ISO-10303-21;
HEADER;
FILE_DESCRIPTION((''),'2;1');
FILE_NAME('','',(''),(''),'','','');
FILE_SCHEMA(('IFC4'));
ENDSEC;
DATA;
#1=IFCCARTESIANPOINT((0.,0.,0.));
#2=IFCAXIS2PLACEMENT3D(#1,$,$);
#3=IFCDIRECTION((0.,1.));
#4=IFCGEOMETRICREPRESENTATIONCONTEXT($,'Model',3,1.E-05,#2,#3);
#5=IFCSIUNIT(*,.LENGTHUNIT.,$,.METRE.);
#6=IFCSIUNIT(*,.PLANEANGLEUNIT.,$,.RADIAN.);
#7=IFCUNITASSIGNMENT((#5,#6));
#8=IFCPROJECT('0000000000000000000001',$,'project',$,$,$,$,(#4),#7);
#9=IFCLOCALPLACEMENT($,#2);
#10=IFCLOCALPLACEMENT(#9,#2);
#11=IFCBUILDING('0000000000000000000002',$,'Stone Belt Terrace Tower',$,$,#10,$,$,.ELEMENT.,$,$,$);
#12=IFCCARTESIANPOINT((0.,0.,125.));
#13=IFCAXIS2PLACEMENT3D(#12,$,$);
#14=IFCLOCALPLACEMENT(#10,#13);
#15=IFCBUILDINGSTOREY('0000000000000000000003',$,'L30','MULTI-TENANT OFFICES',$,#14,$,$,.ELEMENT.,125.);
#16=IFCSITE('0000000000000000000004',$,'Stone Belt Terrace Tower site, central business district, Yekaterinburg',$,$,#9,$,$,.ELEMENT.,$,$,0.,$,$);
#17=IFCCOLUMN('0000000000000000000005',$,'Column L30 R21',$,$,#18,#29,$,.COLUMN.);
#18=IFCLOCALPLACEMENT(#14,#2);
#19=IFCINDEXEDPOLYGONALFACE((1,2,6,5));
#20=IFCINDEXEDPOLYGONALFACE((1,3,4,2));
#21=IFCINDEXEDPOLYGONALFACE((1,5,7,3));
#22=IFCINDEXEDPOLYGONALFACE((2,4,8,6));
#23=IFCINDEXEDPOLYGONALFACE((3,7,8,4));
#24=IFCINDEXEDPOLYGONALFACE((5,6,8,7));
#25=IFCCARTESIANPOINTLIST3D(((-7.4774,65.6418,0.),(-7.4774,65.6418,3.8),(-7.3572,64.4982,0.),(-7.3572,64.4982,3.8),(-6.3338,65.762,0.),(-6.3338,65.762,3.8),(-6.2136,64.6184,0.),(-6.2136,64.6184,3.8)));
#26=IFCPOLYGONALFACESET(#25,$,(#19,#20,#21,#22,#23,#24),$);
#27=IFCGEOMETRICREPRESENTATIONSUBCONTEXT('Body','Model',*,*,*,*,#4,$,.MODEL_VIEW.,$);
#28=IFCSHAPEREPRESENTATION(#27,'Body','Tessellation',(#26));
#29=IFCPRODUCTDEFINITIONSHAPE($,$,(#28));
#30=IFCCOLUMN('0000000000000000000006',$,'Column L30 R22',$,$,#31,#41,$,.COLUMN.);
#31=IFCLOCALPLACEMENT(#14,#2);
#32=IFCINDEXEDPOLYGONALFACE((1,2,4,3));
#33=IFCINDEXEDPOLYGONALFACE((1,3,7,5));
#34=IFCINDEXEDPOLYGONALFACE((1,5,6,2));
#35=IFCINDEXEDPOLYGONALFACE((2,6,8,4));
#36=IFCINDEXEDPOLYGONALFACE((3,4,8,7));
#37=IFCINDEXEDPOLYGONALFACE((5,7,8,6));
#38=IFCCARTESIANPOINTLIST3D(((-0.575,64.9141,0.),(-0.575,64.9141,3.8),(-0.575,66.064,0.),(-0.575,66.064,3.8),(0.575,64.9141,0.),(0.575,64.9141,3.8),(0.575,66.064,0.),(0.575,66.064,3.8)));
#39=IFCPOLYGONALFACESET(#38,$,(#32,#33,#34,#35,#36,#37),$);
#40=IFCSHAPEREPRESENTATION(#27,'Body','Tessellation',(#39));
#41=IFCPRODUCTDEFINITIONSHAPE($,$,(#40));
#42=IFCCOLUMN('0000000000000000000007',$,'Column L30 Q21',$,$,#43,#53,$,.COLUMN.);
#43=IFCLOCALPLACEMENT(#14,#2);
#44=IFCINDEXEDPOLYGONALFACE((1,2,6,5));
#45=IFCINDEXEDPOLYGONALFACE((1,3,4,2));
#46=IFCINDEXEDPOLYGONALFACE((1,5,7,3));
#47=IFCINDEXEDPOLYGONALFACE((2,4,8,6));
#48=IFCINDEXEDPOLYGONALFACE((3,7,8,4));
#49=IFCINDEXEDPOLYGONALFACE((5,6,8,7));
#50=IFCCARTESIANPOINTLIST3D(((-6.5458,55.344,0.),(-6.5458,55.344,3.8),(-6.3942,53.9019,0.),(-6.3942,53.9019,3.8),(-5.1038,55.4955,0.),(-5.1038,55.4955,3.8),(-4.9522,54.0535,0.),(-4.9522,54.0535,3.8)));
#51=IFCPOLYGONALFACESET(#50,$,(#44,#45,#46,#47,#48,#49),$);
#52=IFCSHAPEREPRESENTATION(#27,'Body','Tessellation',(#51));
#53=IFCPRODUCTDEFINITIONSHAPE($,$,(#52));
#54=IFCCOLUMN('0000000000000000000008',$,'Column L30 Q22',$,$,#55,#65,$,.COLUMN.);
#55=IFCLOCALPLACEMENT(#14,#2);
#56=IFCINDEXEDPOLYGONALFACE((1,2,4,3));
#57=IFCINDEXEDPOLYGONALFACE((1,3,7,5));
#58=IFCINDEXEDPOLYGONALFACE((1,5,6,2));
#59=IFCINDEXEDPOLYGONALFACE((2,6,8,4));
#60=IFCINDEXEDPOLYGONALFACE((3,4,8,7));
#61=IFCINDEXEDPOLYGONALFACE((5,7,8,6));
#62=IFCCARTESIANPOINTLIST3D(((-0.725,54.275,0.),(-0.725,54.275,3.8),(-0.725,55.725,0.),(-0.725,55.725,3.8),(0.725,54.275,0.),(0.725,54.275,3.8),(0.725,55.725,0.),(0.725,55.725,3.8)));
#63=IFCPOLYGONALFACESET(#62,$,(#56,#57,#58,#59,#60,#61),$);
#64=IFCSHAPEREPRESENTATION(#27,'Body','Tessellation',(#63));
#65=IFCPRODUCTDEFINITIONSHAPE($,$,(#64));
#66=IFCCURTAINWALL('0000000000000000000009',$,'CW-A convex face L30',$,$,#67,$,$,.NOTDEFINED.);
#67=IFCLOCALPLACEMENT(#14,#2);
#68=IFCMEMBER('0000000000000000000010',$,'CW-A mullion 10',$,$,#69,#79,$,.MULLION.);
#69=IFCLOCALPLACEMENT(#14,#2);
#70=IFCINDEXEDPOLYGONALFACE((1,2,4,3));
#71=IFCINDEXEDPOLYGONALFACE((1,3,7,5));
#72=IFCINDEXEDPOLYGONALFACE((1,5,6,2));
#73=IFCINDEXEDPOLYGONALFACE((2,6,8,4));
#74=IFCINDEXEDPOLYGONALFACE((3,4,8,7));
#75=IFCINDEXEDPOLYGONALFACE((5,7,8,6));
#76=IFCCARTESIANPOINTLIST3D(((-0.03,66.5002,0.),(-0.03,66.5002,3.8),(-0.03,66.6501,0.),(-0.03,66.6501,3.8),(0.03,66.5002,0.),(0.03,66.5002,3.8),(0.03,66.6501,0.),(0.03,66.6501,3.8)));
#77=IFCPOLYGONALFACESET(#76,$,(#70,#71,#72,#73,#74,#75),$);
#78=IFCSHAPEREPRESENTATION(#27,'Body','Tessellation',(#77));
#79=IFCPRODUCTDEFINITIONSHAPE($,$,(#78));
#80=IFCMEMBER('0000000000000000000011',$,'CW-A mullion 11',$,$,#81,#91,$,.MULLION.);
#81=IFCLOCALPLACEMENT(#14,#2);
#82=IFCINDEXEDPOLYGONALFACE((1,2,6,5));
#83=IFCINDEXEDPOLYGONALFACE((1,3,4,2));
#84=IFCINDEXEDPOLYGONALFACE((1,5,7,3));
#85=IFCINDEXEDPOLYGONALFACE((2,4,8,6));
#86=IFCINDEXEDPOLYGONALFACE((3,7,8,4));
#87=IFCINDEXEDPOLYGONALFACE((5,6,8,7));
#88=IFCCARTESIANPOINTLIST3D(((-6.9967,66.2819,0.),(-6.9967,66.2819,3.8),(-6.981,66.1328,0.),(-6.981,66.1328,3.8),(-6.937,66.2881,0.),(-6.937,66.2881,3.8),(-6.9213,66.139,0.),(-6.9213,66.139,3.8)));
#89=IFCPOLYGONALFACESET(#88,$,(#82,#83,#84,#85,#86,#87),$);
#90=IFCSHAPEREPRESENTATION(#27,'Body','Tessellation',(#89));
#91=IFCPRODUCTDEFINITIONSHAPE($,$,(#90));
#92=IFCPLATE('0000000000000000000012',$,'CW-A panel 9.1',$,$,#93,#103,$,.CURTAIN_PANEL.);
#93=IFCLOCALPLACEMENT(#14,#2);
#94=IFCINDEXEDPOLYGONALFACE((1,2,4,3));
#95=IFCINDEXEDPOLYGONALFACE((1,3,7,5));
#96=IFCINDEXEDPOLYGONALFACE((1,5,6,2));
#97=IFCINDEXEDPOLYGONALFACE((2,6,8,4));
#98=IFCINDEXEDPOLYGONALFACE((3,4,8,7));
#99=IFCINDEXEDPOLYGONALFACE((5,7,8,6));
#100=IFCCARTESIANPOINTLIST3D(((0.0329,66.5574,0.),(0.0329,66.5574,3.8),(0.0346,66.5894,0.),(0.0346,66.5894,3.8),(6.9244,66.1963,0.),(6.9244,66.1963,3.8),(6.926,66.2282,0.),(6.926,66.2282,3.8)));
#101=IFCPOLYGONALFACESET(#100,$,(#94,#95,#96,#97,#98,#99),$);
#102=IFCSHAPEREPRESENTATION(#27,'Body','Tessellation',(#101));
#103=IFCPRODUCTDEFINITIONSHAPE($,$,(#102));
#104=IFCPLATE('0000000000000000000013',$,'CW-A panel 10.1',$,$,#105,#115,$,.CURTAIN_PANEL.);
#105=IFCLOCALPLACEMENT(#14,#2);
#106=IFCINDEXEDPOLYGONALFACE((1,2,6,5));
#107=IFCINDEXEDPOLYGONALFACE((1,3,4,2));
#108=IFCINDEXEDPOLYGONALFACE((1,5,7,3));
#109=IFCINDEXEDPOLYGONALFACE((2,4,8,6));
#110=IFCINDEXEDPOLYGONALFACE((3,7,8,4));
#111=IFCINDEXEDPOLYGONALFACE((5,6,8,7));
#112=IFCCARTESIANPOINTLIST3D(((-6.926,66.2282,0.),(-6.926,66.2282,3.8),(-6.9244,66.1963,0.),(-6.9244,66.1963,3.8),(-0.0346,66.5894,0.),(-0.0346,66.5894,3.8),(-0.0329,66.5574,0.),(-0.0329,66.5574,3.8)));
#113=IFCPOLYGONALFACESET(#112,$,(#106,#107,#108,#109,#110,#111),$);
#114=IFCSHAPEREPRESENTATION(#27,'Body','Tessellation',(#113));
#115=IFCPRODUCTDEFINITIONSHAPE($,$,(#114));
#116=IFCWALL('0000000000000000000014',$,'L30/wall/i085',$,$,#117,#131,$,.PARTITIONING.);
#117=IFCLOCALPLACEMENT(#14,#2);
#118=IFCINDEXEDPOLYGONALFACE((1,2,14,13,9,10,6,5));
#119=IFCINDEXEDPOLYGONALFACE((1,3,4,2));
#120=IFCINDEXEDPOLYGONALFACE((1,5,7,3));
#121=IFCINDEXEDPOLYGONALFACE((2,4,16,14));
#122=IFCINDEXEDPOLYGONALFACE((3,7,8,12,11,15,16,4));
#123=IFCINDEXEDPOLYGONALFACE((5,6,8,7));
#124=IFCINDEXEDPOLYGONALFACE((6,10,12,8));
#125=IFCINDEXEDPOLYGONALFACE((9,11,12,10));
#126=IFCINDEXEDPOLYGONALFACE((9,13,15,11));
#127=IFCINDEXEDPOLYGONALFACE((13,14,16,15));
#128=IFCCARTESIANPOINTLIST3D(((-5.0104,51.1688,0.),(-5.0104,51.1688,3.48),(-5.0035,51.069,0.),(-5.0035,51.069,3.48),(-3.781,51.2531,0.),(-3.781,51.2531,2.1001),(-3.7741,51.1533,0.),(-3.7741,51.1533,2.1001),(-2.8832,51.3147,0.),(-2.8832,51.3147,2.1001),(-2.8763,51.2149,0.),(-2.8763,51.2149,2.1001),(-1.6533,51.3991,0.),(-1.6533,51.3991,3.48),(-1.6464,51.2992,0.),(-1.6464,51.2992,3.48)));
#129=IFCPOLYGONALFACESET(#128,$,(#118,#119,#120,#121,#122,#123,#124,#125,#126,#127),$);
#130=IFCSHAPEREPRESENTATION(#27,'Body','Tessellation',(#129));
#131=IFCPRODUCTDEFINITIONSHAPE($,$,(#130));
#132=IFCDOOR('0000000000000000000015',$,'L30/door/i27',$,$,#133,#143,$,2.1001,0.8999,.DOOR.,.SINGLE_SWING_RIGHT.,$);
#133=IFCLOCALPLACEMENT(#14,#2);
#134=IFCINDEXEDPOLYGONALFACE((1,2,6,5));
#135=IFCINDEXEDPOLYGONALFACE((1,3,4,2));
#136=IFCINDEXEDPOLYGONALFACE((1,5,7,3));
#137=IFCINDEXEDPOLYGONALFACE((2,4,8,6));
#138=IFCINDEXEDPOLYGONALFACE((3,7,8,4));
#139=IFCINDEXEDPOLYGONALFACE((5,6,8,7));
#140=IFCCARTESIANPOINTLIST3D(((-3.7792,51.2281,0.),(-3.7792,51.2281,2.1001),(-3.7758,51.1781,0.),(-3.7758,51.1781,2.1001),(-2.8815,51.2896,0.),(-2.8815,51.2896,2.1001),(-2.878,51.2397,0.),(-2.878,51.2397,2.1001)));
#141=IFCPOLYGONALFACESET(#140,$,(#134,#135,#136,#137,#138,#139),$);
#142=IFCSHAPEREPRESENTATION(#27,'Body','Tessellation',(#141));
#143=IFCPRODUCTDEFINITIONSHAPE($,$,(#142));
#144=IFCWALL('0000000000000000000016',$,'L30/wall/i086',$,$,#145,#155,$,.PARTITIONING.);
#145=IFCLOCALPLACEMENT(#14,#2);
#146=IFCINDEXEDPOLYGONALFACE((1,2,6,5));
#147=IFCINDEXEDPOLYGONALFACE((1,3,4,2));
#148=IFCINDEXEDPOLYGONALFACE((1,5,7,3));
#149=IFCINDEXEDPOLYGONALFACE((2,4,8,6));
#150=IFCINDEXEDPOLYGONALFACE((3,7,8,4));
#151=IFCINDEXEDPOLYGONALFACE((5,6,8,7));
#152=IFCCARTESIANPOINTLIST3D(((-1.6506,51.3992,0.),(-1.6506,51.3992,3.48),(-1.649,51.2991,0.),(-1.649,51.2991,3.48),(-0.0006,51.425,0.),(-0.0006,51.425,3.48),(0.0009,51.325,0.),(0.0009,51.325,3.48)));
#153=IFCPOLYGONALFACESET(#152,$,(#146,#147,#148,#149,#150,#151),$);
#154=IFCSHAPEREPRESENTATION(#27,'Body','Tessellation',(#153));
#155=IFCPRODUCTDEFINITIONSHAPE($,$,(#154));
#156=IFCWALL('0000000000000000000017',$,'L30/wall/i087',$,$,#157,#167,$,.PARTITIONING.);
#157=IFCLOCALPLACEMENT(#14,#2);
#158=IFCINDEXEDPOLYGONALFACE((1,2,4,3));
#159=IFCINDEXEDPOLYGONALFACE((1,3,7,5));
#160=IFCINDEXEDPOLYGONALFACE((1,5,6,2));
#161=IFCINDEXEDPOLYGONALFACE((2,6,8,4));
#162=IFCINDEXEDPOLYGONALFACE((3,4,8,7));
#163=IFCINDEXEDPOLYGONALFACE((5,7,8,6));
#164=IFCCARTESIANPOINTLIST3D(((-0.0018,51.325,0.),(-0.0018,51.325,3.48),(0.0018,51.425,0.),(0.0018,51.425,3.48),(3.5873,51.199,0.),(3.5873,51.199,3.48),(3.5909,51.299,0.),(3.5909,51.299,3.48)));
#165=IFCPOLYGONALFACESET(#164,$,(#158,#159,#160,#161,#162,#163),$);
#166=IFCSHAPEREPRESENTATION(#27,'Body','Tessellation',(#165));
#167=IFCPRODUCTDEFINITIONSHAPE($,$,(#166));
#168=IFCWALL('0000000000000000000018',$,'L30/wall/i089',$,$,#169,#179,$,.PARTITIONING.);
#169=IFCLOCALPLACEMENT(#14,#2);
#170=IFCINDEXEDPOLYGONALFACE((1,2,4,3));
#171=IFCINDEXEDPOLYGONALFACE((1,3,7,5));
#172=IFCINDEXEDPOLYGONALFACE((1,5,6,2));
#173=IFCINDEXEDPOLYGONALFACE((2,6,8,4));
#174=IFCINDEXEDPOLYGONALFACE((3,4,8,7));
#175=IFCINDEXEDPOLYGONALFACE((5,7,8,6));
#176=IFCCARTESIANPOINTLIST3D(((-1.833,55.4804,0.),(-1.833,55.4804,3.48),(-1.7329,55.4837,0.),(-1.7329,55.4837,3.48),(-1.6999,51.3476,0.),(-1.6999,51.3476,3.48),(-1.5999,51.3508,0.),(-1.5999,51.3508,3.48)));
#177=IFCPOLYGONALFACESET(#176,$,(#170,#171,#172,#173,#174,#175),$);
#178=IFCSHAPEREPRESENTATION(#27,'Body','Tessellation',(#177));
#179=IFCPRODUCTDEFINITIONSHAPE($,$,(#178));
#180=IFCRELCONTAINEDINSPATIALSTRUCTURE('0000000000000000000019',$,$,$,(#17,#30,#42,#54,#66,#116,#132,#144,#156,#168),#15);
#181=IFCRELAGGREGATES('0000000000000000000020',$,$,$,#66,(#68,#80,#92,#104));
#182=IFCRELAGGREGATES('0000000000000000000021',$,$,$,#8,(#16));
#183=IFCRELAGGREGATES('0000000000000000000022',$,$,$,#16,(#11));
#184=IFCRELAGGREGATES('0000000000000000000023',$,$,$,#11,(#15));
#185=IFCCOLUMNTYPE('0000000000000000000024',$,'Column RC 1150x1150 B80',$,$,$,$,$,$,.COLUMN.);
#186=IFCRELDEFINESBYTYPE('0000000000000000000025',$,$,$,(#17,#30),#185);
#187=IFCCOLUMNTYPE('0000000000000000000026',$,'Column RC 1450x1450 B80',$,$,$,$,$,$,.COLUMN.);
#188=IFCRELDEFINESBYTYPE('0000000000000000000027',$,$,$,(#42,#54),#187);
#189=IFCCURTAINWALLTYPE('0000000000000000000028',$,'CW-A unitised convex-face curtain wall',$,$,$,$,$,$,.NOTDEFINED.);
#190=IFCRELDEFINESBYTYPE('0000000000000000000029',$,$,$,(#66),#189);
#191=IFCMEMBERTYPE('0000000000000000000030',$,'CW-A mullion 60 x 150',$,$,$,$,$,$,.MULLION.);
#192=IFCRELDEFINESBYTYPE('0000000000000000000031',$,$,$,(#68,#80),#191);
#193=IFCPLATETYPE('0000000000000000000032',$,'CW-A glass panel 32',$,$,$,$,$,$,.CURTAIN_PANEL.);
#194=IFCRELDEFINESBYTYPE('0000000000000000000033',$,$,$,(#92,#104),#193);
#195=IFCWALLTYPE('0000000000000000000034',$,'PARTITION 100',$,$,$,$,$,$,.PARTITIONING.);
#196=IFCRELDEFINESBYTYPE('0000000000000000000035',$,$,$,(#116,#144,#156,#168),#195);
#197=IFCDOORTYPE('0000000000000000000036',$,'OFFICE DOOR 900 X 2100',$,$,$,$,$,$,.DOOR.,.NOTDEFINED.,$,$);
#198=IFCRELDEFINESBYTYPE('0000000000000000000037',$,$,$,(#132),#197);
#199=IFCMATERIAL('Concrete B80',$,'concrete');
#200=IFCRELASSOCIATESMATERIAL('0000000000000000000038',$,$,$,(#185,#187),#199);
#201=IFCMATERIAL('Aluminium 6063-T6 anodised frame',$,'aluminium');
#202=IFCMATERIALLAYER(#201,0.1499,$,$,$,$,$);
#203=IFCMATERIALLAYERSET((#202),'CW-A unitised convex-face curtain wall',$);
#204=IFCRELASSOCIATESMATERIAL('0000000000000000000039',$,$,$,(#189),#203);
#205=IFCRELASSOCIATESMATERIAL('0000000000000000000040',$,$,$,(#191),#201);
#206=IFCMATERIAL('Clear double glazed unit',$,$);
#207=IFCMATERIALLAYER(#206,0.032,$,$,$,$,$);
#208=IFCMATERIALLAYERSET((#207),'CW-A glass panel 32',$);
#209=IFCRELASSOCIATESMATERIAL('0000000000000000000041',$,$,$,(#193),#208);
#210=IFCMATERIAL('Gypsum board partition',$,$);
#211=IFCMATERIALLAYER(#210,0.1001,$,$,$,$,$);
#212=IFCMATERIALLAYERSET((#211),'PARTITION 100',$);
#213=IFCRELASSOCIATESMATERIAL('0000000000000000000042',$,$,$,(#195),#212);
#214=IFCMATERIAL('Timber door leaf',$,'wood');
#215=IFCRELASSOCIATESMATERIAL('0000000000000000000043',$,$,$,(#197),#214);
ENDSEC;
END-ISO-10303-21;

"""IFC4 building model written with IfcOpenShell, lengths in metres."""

from ifc_helpers import new_model, si_unit, direction, frame, frame_2d, origin, origin_2d, place, context, subcontext, project, spatial, rectangle, extrude, material, layer, layer_set, material_profile, profile_set, type_object, element, fill, aggregate, save


model = new_model("IFC4")

# Units and contexts
model_context = context("Model", 3, precision=1e-05, world=origin(), true_north=direction((0.0, 1.0)))
body_context = subcontext(model_context, "Body", "Model", "MODEL_VIEW")
ifc_project = project(units=[si_unit("LENGTHUNIT", "METRE"), si_unit("PLANEANGLEUNIT", "RADIAN")], contexts=[model_context])

# Site, building, storey
site_placement = place(None, origin())
site = spatial("IfcSite", under=ifc_project, at=site_placement, Name="Stone Belt Terrace Tower site, central business district, Yekaterinburg", CompositionType="ELEMENT", RefElevation=0.0)
building_placement = place(site_placement, origin())
building = spatial("IfcBuilding", under=site, at=building_placement, Name="Stone Belt Terrace Tower", CompositionType="ELEMENT")
storey_placement = place(building_placement, frame((0.0, 0.0, 125.0)))
storey = spatial("IfcBuildingStorey", under=building, at=storey_placement, Name="L30", Description="MULTI-TENANT OFFICES", CompositionType="ELEMENT", Elevation=125.0)

# Columns
ifc_material_1 = material(Name="Concrete B80", Category="concrete")
ifc_material_profile_1 = material_profile(ifc_material_1, rectangle(XDim=1.1499, YDim=1.1499, at=origin_2d()), Name="RC 1150x1150")
ifc_profile_set_1 = profile_set([ifc_material_profile_1], Name="Concrete B80")
column_type_1 = type_object("IfcColumnType", Name="Column RC 1150x1150 B80", PredefinedType="COLUMN", material=ifc_profile_set_1)
for number, where, z_axis, x_axis, name in (
    (1, (-6.8455, 65.1301, 0.0), (0.0, 0.0, 1.0), (0.994522, 0.104528, 0.0), "Column L30 R21"),
    (2, (0.0, 65.489, 0.0), (0.0, 0.0, 1.0), (1.0, 0.0, 0.0), "Column L30 R22"),
):
    element("IfcColumn", number, at=place(storey_placement, frame(where, z_axis=z_axis, x_axis=x_axis)), inside=storey, type_object=column_type_1, Name=name, PredefinedType="COLUMN", context=body_context, shape_type="SweptSolid", body=[
        extrude(rectangle(XDim=1.1499, YDim=1.1499, at=origin_2d()), origin(), (0.0, 0.0, 1.0), 3.8),
    ])
ifc_material_profile_2 = material_profile(ifc_material_1, rectangle(XDim=1.45, YDim=1.45, at=origin_2d()), Name="RC 1450x1450")
ifc_profile_set_2 = profile_set([ifc_material_profile_2], Name="Concrete B80")
column_type_2 = type_object("IfcColumnType", Name="Column RC 1450x1450 B80", PredefinedType="COLUMN", material=ifc_profile_set_2)
for number, where, z_axis, x_axis, name in (
    (3, (-5.749, 54.6987, 0.0), (0.0, 0.0, 1.0), (0.994522, 0.104528, 0.0), "Column L30 Q21"),
    (4, (0.0, 55.0, 0.0), (0.0, 0.0, 1.0), (1.0, 0.0, 0.0), "Column L30 Q22"),
):
    element("IfcColumn", number, at=place(storey_placement, frame(where, z_axis=z_axis, x_axis=x_axis)), inside=storey, type_object=column_type_2, Name=name, PredefinedType="COLUMN", context=body_context, shape_type="SweptSolid", body=[
        extrude(rectangle(XDim=1.45, YDim=1.45, at=origin_2d()), origin(), (0.0, 0.0, 1.0), 3.8),
    ])

# Curtain wall, members, plates
ifc_material_2 = material(Name="Aluminium 6063-T6 anodised frame", Category="aluminium")
ifc_layer_1 = layer(ifc_material_2, 0.1499)
ifc_layer_set_1 = layer_set([ifc_layer_1], Name="CW-A unitised convex-face curtain wall")
curtain_wall_type = type_object("IfcCurtainWallType", Name="CW-A unitised convex-face curtain wall", PredefinedType="NOTDEFINED", material=ifc_layer_set_1)
curtain_wall_placement = place(storey_placement, origin())
curtain_wall = element("IfcCurtainWall", 5, at=curtain_wall_placement, inside=storey, type_object=curtain_wall_type, Name="CW-A convex face L30", PredefinedType="NOTDEFINED")
ifc_material_profile_3 = material_profile(ifc_material_2, rectangle(XDim=0.1499, YDim=0.0601, at=origin_2d()), Name="Aluminium 6063-T6 60x150")
ifc_profile_set_3 = profile_set([ifc_material_profile_3], Name="Aluminium 6063-T6 anodised frame")
member_type = type_object("IfcMemberType", Name="CW-A mullion 60 x 150", PredefinedType="MULLION", material=ifc_profile_set_3)
member_1_placement = place(storey_placement, frame((0.0, 66.5752, 0.0), z_axis=(0.0, 0.0, 1.0), x_axis=(0.0, -1.0, 0.0)))
member_1 = element("IfcMember", 6, at=member_1_placement, type_object=member_type, Name="CW-A mullion 10", PredefinedType="MULLION", context=body_context, shape_type="SweptSolid", body=[
    extrude(rectangle(XDim=0.1499, YDim=0.0601, at=origin_2d()), origin(), (0.0, 0.0, 1.0), 3.8),
])
member_2_placement = place(storey_placement, frame((-6.959, 66.2104, 0.0), z_axis=(0.0, 0.0, 1.0), x_axis=(0.104528, -0.994522, 0.0)))
member_2 = element("IfcMember", 7, at=member_2_placement, type_object=member_type, Name="CW-A mullion 11", PredefinedType="MULLION", context=body_context, shape_type="SweptSolid", body=[
    extrude(rectangle(XDim=0.1499, YDim=0.0601, at=origin_2d()), origin(), (0.0, 0.0, 1.0), 3.8),
])
ifc_material_3 = material(Name="Clear double glazed unit")
ifc_layer_2 = layer(ifc_material_3, 0.032)
ifc_layer_set_2 = layer_set([ifc_layer_2], Name="CW-A glass panel 32")
plate_type = type_object("IfcPlateType", Name="CW-A glass panel 32", PredefinedType="CURTAIN_PANEL", material=ifc_layer_set_2)
plate_1_placement = place(storey_placement, frame((3.4795, 66.3928, 0.0), z_axis=(0.0, 0.0, 1.0), x_axis=(-0.99863, 0.052336, 0.0)))
plate_1 = element("IfcPlate", 8, at=plate_1_placement, type_object=plate_type, Name="CW-A panel 9.1", PredefinedType="CURTAIN_PANEL", context=body_context, shape_type="SweptSolid", body=[
    extrude(rectangle(XDim=6.9009, YDim=0.032, at=origin_2d()), origin(), (0.0, 0.0, 1.0), 3.8),
])
plate_2_placement = place(storey_placement, frame((-3.4795, 66.3928, 0.0), z_axis=(0.0, 0.0, 1.0), x_axis=(-0.99863, -0.052336, 0.0)))
plate_2 = element("IfcPlate", 9, at=plate_2_placement, type_object=plate_type, Name="CW-A panel 10.1", PredefinedType="CURTAIN_PANEL", context=body_context, shape_type="SweptSolid", body=[
    extrude(rectangle(XDim=6.9009, YDim=0.032, at=origin_2d()), origin(), (0.0, 0.0, 1.0), 3.8),
])
aggregate(curtain_wall, [member_1, member_2, plate_1, plate_2])

# Wall, opening, door
ifc_material_4 = material(Name="Gypsum board partition")
ifc_layer_3 = layer(ifc_material_4, 0.1001)
ifc_layer_set_3 = layer_set([ifc_layer_3], Name="PARTITION 100")
wall_type_1 = type_object("IfcWallType", Name="PARTITION 100", PredefinedType="PARTITIONING", material=ifc_layer_set_3)
wall_1_placement = place(storey_placement, frame((-5.0071, 51.1189, 0.0), z_axis=(0.0, 0.0, 1.0), x_axis=(0.997657, 0.068416, 0.0)))
wall_1 = element("IfcWall", 10, at=wall_1_placement, inside=storey, type_object=wall_type_1, Name="L30/wall/i085", PredefinedType="PARTITIONING", context=body_context, shape_type="SweptSolid", body=[
    extrude(rectangle(XDim=3.365, YDim=0.1001, at=frame_2d((1.6826, 0.0))), origin(), (0.0, 0.0, 1.0), 3.48),
])
opening_1_placement = place(wall_1_placement, frame((1.2324, 0.0, 0.0)))
opening_1 = element("IfcOpeningElement", 11, at=opening_1_placement, cuts=wall_1, PredefinedType="OPENING", context=body_context, shape_type="SweptSolid", body=[
    extrude(rectangle(XDim=0.8999, YDim=2.1001, at=frame_2d((0.45, 1.05))), frame((0.0, 0.0601, 0.0), z_axis=(0.0, -1.0, 0.0), x_axis=(1.0, 0.0, 0.0)), (0.0, 0.0, 1.0), 0.1201),
])
ifc_material_5 = material(Name="Timber door leaf", Category="wood")
door_type = type_object("IfcDoorType", Name="OFFICE DOOR 900 X 2100", OperationType="NOTDEFINED", PredefinedType="DOOR", material=ifc_material_5)
door_1_placement = place(opening_1_placement, origin())
door_1 = element("IfcDoor", 12, at=door_1_placement, inside=storey, type_object=door_type, Name="L30/door/i27", OperationType="SINGLE_SWING_RIGHT", OverallHeight=2.1001, OverallWidth=0.8999, PredefinedType="DOOR", context=body_context, shape_type="SweptSolid", body=[
    extrude(rectangle(XDim=0.8999, YDim=2.1001, at=frame_2d((0.45, 1.05))), frame((0.0, 0.0249, 0.0), z_axis=(0.0, -1.0, 0.0), x_axis=(1.0, 0.0, 0.0)), (0.0, 0.0, 1.0), 0.05),
])
fill(opening_1, door_1)

# Walls
wall_2_placement = place(storey_placement, frame((-1.6499, 51.3491, 0.0), z_axis=(0.0, 0.0, 1.0), x_axis=(0.999877, 0.015683, 0.0)))
element("IfcWall", 13, at=wall_2_placement, inside=storey, type_object=wall_type_1, Name="L30/wall/i086", PredefinedType="PARTITIONING", context=body_context, shape_type="SweptSolid", body=[
    extrude(rectangle(XDim=1.6501, YDim=0.1001, at=frame_2d((0.8252, 0.0))), origin(), (0.0, 0.0, 1.0), 3.48),
])
wall_3_placement = place(storey_placement, frame((0.0, 51.375, 0.0), z_axis=(0.0, 0.0, 1.0), x_axis=(0.999385, -0.035078, 0.0)))
element("IfcWall", 14, at=wall_3_placement, inside=storey, type_object=wall_type_1, Name="L30/wall/i087", PredefinedType="PARTITIONING", context=body_context, shape_type="SweptSolid", body=[
    extrude(rectangle(XDim=3.5913, YDim=0.1001, at=frame_2d((1.7957, 0.0))), origin(), (0.0, 0.0, 1.0), 3.48),
])
wall_4_placement = place(storey_placement, frame((-1.783, 55.4819, 0.0), z_axis=(0.0, 0.0, 1.0), x_axis=(0.032179, -0.999482, 0.0)))
element("IfcWall", 15, at=wall_4_placement, inside=storey, type_object=wall_type_1, Name="L30/wall/i089", PredefinedType="PARTITIONING", context=body_context, shape_type="SweptSolid", body=[
    extrude(rectangle(XDim=4.135, YDim=0.1001, at=frame_2d((2.0674, 0.0))), origin(), (0.0, 0.0, 1.0), 3.48),
])

save(model, "model.ifc")
